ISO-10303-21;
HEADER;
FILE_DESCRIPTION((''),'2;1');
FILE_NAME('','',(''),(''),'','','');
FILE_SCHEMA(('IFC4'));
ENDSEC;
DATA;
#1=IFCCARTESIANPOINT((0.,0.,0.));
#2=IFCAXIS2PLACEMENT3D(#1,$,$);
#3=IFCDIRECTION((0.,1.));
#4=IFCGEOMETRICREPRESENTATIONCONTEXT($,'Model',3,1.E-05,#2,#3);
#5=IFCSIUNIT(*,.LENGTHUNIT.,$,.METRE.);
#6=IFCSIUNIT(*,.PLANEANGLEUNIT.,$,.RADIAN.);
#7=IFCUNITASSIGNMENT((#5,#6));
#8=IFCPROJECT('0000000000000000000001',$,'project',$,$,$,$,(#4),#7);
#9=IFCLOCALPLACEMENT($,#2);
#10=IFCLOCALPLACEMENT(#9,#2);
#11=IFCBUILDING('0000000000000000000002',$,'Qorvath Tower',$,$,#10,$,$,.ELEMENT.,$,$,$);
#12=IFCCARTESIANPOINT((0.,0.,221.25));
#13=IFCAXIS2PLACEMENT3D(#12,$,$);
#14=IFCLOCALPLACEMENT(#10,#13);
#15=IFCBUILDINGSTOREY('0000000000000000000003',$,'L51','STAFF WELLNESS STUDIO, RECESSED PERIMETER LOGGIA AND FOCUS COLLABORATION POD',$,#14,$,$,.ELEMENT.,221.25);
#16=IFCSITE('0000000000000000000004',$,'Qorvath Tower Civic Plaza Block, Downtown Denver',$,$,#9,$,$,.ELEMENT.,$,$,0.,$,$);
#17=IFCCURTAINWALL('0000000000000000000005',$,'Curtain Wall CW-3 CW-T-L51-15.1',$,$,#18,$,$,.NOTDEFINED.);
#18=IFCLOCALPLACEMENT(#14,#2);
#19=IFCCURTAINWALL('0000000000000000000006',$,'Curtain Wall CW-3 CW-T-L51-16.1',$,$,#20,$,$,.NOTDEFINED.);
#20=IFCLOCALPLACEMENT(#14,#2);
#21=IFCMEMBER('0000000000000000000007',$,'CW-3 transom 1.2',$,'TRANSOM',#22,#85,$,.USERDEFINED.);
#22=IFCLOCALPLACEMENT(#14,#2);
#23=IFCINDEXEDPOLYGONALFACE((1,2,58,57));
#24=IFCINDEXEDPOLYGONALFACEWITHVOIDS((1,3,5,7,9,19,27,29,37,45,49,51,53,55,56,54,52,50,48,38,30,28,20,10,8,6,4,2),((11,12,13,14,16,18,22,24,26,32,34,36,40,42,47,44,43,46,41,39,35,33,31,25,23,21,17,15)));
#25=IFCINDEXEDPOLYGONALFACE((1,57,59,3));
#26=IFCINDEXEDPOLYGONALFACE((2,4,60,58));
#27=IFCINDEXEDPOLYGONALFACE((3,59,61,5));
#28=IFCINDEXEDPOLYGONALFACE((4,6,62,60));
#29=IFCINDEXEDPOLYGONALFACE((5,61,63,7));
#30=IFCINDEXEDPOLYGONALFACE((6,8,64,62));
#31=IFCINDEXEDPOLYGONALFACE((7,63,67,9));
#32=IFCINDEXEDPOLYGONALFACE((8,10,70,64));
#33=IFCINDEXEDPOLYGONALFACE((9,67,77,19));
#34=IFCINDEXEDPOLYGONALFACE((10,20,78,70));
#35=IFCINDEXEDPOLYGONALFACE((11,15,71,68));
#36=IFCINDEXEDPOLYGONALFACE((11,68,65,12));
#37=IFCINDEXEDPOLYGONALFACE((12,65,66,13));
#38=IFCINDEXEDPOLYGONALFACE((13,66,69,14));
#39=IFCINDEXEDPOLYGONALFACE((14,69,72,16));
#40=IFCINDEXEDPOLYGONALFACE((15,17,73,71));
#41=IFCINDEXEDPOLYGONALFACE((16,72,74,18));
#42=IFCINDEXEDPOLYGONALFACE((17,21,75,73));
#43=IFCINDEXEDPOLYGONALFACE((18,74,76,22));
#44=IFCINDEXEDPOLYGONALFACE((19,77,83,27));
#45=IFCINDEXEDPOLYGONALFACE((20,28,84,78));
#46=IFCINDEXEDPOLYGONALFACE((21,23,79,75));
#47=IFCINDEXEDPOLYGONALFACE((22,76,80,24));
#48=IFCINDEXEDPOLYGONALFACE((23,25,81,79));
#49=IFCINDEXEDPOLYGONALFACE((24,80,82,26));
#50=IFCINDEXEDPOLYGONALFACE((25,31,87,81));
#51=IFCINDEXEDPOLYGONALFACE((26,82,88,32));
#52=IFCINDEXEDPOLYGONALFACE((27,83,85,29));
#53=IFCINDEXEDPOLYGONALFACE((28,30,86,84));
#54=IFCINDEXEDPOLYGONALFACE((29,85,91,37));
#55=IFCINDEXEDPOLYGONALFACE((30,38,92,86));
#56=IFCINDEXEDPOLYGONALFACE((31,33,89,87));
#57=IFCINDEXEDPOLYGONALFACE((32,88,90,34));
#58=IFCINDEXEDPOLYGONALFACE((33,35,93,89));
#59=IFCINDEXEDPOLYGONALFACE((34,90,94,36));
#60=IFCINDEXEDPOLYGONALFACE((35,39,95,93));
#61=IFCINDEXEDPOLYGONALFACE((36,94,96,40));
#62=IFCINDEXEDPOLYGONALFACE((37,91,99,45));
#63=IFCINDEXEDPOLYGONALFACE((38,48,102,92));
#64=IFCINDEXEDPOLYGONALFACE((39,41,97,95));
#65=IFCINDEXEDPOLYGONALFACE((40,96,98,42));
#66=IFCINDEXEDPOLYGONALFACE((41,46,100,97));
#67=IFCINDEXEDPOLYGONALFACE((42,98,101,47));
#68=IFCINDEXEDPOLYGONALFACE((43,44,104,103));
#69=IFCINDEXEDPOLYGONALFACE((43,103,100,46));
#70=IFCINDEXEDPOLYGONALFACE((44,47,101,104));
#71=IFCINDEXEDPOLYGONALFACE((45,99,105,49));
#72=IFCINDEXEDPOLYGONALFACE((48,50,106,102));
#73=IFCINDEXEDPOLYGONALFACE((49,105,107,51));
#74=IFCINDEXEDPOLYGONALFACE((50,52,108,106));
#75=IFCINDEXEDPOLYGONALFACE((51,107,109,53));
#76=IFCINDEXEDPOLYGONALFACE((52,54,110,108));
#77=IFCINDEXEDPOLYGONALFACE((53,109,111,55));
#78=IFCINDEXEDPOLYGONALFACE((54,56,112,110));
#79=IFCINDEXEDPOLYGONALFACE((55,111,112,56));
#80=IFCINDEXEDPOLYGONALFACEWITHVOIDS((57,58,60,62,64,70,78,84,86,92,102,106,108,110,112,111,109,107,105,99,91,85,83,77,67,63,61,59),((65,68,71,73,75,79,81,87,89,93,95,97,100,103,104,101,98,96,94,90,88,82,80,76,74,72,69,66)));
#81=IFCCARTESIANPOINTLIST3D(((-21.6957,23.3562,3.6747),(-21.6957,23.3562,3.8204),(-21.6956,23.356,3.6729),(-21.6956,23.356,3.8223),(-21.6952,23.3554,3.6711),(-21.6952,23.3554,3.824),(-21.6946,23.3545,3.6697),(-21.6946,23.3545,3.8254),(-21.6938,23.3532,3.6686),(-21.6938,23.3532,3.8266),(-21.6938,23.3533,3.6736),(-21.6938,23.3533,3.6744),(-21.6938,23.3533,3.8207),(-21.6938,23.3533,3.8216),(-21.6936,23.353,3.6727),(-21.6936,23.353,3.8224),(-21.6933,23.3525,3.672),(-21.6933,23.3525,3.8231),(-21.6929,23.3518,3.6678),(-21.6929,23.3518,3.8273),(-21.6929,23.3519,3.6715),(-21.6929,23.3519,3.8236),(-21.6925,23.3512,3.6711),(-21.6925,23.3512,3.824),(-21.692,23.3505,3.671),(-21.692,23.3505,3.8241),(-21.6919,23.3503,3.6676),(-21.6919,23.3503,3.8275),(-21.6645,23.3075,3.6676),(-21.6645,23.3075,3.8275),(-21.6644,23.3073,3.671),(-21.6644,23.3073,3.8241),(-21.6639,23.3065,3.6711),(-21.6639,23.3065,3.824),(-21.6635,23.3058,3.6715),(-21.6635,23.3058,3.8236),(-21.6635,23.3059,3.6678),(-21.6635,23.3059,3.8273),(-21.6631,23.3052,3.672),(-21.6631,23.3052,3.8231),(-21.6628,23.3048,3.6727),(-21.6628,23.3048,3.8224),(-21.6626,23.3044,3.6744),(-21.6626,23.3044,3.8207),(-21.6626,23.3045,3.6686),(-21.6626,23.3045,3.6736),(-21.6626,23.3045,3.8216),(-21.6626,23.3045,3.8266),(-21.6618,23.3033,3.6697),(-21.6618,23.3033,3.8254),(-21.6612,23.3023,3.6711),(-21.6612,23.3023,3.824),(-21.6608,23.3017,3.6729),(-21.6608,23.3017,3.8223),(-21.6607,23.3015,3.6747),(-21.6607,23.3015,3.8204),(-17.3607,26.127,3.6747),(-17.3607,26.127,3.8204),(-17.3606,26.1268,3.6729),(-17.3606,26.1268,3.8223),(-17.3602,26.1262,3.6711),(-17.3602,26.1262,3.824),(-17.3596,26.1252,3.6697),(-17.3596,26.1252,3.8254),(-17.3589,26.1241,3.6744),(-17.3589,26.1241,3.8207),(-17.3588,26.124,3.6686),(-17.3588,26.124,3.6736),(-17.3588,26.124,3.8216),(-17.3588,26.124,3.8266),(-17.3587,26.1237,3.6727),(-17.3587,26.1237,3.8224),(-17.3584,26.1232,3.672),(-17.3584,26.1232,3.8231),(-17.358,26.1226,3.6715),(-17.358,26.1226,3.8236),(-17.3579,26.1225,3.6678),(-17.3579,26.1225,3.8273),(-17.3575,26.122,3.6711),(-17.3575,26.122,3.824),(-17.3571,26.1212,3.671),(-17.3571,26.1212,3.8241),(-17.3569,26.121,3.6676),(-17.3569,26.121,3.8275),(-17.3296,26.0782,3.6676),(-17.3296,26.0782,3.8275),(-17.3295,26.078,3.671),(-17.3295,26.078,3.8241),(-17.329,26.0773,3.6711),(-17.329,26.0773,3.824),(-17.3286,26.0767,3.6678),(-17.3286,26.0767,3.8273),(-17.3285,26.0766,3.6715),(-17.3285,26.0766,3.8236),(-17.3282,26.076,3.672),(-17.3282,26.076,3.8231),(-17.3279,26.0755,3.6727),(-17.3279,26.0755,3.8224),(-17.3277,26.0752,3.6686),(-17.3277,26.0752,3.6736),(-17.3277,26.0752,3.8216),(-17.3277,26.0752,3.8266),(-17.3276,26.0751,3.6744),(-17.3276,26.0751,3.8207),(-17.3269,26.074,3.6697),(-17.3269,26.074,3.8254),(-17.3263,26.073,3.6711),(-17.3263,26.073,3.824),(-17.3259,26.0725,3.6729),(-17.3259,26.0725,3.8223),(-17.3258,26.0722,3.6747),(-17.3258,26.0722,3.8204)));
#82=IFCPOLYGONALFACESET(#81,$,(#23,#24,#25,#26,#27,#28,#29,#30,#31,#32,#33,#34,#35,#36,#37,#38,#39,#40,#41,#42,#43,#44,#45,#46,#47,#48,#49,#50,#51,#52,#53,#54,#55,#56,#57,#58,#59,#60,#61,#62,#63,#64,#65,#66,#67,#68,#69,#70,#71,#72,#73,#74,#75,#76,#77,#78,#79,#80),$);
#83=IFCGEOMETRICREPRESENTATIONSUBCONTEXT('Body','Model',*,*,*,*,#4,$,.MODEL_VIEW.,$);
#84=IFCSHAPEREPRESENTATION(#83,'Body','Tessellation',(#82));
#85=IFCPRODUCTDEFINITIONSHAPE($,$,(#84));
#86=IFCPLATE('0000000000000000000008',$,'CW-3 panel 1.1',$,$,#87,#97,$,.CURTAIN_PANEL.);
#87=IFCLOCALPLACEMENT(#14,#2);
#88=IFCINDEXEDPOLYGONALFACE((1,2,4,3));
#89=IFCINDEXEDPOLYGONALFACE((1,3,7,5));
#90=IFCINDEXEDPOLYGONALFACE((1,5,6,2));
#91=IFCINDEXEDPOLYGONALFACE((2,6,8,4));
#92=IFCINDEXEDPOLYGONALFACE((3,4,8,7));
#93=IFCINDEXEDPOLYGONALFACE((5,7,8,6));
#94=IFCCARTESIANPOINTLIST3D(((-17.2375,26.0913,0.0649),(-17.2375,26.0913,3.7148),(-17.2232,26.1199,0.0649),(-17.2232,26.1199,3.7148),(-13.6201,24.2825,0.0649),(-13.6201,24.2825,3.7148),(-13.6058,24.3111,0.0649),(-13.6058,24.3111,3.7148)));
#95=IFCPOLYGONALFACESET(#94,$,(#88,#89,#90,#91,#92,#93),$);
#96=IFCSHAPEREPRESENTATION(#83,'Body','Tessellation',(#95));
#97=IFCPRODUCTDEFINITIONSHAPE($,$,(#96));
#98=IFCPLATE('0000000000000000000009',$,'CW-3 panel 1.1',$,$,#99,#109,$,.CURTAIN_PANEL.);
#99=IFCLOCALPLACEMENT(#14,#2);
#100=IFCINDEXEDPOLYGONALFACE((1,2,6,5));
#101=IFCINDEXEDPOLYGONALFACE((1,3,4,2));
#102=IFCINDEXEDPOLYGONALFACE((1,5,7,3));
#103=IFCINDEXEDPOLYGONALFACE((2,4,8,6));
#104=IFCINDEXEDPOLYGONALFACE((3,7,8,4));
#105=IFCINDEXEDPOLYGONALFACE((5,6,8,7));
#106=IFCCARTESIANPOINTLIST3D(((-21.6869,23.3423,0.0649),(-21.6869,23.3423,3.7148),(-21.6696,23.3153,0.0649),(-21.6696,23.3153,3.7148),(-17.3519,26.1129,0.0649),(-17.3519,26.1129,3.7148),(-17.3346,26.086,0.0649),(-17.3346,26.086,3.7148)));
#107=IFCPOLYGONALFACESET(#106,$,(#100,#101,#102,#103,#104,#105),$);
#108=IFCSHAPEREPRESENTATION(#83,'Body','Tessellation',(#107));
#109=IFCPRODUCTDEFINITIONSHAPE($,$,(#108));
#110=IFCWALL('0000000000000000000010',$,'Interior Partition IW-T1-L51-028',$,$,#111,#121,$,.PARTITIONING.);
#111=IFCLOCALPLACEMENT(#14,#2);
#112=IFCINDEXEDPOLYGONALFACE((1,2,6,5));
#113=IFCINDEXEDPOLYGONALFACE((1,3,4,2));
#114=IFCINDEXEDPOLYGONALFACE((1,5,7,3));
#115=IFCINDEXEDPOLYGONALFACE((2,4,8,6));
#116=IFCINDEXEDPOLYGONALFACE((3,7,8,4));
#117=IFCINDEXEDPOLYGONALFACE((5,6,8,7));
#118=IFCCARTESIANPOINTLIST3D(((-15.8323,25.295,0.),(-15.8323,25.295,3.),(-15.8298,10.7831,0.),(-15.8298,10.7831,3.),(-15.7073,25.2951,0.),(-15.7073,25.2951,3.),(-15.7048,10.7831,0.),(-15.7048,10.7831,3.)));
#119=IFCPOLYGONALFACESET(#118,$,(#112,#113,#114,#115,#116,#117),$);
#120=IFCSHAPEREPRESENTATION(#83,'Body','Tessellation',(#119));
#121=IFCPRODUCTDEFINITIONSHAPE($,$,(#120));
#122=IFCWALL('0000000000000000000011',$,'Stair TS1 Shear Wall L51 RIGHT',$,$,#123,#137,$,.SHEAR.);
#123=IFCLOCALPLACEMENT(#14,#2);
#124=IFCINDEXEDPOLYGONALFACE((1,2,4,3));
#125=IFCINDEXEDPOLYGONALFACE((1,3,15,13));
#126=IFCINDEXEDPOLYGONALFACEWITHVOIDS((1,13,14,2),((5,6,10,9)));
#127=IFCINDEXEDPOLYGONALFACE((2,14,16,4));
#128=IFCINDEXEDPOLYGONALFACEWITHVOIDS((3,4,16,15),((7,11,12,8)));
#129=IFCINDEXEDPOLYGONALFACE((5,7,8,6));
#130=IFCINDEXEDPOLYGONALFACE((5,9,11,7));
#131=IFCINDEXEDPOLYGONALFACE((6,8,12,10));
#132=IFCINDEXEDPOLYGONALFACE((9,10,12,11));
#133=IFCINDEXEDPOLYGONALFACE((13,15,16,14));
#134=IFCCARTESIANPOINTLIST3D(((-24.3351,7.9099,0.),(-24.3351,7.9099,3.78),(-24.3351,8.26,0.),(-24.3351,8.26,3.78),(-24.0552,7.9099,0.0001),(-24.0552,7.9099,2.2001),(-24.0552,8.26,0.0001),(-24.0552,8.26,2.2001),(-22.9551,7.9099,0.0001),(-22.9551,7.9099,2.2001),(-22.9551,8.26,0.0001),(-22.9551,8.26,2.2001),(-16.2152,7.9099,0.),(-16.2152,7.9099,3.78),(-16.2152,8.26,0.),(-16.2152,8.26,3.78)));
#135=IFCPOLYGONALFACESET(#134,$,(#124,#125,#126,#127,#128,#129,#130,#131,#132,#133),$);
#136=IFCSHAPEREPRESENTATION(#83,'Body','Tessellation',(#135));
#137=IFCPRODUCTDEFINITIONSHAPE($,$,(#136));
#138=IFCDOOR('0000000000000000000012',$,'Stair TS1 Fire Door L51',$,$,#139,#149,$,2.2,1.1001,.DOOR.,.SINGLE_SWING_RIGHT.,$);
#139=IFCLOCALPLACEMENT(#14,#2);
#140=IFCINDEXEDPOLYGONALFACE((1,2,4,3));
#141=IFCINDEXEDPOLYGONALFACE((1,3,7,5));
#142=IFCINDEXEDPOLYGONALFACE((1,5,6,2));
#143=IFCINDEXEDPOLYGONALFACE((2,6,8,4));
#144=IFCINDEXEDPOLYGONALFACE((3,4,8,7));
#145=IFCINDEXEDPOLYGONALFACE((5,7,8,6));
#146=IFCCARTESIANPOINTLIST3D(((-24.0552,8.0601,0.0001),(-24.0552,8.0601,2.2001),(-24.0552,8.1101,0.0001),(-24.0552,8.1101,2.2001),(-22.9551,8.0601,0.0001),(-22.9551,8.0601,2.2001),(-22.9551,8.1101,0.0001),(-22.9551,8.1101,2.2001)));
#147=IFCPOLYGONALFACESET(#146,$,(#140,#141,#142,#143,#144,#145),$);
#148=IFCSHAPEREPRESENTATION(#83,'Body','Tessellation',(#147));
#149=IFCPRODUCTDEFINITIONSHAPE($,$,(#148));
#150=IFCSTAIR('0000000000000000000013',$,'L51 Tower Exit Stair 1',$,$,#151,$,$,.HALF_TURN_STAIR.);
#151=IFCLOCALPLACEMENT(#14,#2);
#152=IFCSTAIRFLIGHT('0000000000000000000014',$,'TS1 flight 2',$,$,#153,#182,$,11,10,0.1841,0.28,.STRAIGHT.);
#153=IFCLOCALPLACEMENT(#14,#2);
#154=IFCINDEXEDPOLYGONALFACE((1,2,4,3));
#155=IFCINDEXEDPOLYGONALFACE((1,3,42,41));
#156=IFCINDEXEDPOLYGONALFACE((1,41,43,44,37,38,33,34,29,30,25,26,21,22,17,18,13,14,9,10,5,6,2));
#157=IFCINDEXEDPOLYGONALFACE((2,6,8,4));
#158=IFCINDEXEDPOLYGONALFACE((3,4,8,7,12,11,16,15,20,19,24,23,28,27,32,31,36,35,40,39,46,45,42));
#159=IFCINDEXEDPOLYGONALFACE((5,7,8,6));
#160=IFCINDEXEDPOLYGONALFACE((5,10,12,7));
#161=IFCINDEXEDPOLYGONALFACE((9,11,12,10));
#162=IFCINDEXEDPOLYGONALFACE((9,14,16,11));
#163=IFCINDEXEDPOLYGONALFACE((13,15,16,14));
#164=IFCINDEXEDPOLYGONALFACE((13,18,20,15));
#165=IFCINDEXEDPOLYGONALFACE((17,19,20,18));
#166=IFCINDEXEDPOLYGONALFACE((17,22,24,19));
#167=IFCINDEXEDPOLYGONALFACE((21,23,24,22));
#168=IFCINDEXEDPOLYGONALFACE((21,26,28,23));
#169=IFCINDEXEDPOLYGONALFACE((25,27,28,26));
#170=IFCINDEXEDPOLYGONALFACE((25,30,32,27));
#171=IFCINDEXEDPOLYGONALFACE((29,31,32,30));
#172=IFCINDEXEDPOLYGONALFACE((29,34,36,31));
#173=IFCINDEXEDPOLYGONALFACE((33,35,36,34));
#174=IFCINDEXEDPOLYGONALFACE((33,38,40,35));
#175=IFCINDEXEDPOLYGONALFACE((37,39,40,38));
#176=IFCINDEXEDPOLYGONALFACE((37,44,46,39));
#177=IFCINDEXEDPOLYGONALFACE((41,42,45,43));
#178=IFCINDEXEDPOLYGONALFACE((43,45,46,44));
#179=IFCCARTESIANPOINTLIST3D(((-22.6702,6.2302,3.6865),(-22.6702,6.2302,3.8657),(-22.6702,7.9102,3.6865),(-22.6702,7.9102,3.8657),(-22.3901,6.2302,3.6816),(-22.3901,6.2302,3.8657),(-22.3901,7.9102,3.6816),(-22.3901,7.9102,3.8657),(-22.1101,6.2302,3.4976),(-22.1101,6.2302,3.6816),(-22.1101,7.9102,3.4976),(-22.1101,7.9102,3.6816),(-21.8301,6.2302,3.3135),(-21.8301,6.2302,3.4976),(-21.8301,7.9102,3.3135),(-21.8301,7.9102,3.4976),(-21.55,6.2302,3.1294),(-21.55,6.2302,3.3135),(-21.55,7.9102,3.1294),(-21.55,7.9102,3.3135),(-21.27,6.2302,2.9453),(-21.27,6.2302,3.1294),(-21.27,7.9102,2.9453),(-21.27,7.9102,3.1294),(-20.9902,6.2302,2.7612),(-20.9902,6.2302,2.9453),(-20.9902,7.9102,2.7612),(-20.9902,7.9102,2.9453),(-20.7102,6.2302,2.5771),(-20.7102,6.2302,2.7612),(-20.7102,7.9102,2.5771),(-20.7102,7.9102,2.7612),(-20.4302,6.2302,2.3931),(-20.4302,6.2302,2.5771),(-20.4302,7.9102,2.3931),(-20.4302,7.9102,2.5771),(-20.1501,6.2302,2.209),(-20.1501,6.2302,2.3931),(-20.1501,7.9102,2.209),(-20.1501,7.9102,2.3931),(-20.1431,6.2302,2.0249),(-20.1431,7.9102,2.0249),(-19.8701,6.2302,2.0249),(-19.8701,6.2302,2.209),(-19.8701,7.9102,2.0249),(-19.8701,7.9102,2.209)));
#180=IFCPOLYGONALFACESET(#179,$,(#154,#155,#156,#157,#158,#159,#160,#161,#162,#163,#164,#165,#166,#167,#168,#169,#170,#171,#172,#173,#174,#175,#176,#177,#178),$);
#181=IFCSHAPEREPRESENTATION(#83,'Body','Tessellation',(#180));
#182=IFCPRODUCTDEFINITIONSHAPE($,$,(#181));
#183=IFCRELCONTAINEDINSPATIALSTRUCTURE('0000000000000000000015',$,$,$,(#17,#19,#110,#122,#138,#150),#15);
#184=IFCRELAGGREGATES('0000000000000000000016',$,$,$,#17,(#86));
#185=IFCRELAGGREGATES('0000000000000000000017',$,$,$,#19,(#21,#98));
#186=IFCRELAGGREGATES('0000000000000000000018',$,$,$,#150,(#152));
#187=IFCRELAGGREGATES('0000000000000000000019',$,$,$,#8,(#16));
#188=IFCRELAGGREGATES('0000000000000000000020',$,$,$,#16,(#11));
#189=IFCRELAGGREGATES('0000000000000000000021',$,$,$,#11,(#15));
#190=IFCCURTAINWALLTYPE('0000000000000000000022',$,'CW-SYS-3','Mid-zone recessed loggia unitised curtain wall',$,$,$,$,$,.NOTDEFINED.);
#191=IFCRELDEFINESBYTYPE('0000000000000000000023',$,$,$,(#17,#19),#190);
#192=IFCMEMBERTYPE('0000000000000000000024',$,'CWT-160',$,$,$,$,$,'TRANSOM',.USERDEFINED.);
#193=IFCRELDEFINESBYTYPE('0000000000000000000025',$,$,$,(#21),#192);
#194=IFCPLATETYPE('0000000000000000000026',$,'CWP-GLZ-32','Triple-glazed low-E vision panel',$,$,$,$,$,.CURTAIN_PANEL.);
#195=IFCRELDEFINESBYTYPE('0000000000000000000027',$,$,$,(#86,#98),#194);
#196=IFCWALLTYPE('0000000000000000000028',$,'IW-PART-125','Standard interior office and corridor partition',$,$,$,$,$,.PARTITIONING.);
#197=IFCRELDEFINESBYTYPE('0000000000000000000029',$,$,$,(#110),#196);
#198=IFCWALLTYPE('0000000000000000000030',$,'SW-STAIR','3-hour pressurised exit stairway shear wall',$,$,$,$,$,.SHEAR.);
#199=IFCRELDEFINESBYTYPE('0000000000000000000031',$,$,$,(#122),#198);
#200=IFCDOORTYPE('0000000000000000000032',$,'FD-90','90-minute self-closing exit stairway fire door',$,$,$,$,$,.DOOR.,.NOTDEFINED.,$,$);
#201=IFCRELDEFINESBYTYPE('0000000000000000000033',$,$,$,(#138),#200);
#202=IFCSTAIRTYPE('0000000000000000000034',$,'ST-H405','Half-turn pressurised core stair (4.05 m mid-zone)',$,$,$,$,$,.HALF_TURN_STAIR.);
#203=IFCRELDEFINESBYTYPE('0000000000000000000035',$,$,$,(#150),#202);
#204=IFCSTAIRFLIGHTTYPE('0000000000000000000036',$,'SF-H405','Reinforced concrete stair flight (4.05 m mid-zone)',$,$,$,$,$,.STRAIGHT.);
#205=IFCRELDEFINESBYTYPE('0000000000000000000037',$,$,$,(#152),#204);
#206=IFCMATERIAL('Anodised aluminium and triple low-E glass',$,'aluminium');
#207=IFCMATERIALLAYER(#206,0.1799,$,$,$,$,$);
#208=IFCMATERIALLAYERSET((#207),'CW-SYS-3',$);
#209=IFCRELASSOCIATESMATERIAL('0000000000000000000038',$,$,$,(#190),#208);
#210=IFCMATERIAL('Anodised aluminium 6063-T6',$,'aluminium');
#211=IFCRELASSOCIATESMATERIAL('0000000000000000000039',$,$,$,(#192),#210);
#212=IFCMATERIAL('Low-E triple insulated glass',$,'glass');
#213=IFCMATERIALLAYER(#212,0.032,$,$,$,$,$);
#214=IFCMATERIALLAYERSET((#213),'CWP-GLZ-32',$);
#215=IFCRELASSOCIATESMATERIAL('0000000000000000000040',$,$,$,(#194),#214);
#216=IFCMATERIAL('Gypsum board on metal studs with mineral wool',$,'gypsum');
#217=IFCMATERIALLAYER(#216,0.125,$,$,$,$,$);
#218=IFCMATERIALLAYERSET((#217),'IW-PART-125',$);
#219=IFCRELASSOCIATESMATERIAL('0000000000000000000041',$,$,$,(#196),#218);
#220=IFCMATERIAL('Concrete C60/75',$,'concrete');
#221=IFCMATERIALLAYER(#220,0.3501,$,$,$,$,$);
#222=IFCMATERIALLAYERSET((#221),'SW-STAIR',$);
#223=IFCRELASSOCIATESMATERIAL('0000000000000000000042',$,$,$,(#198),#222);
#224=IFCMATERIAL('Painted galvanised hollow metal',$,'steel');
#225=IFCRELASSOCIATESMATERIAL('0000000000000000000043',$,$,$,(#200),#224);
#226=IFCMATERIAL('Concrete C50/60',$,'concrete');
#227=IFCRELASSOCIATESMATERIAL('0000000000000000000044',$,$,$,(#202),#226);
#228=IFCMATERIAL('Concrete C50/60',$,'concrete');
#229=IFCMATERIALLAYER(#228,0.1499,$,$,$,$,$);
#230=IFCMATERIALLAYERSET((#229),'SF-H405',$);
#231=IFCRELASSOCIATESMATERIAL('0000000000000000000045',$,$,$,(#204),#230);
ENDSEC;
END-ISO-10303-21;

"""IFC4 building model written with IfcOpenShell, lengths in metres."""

from ifc_helpers import new_model, si_unit, direction, frame, frame_2d, origin, origin_2d, place, context, subcontext, project, spatial, polyline, rectangle, hollow_rectangle, outline, extrude, material, layer, layer_set, material_profile, profile_set, type_object, element, fill, aggregate, save


model = new_model("IFC4")

# Units and contexts
model_context = context("Model", 3, precision=1e-05, world=origin(), true_north=direction((0.0, 1.0)))
body_context = subcontext(model_context, "Body", "Model", "MODEL_VIEW")
ifc_project = project(units=[si_unit("LENGTHUNIT", "METRE"), si_unit("PLANEANGLEUNIT", "RADIAN")], contexts=[model_context])

# Site, building, storey
site_placement = place(None, origin())
site = spatial("IfcSite", under=ifc_project, at=site_placement, Name="Qorvath Tower Civic Plaza Block, Downtown Denver", CompositionType="ELEMENT", RefElevation=0.0)
building_placement = place(site_placement, origin())
building = spatial("IfcBuilding", under=site, at=building_placement, Name="Qorvath Tower", CompositionType="ELEMENT")
storey_placement = place(building_placement, frame((0.0, 0.0, 221.25)))
storey = spatial("IfcBuildingStorey", under=building, at=storey_placement, Name="L51", Description="STAFF WELLNESS STUDIO, RECESSED PERIMETER LOGGIA AND FOCUS COLLABORATION POD", CompositionType="ELEMENT", Elevation=221.25)

# Curtain wall
ifc_material_1 = material(Name="Anodised aluminium and triple low-E glass", Category="aluminium")
ifc_layer_1 = layer(ifc_material_1, 0.1799)
ifc_layer_set_1 = layer_set([ifc_layer_1], Name="CW-SYS-3")
curtain_wall_type = type_object("IfcCurtainWallType", Name="CW-SYS-3", Description="Mid-zone recessed loggia unitised curtain wall", PredefinedType="NOTDEFINED", material=ifc_layer_set_1)
curtain_wall_1_placement = place(storey_placement, origin())
curtain_wall_1 = element("IfcCurtainWall", 1, at=curtain_wall_1_placement, inside=storey, type_object=curtain_wall_type, Name="Curtain Wall CW-3 CW-T-L51-15.1", PredefinedType="NOTDEFINED")

# Curtain wall
curtain_wall_2_placement = place(storey_placement, origin())
curtain_wall_2 = element("IfcCurtainWall", 2, at=curtain_wall_2_placement, inside=storey, type_object=curtain_wall_type, Name="Curtain Wall CW-3 CW-T-L51-16.1", PredefinedType="NOTDEFINED")

# Member
ifc_material_2 = material(Name="Anodised aluminium 6063-T6", Category="aluminium")
ifc_material_profile_1 = material_profile(ifc_material_2, hollow_rectangle(XDim=0.0649, YDim=0.1599, WallThickness=0.0034, InnerFilletRadius=0.0034, OuterFilletRadius=0.0071, at=origin_2d()), Name="CWT 160x65")
ifc_profile_set_1 = profile_set([ifc_material_profile_1], Name="Anodised aluminium 6063-T6")
member_type_1 = type_object("IfcMemberType", Name="CWT-160", ElementType="TRANSOM", PredefinedType="USERDEFINED", material=ifc_profile_set_1)
member_1_placement = place(storey_placement, frame((-17.3433, 26.0996, 3.7476), z_axis=(-0.842591, -0.538554, 0.0), x_axis=(0.538554, -0.842591, 0.0)))
member_1 = element("IfcMember", 3, at=member_1_placement, type_object=member_type_1, Name="CW-3 transom 1.2", ObjectType="TRANSOM", PredefinedType="USERDEFINED", context=body_context, shape_type="SweptSolid", body=[
    extrude(hollow_rectangle(XDim=0.0649, YDim=0.1599, WallThickness=0.0034, InnerFilletRadius=0.0034, OuterFilletRadius=0.0071, at=origin_2d()), origin(), (0.0, 0.0, 1.0), 5.1448),
])

# Plates
ifc_material_3 = material(Name="Low-E triple insulated glass", Category="glass")
ifc_layer_2 = layer(ifc_material_3, 0.032)
ifc_layer_set_2 = layer_set([ifc_layer_2], Name="CWP-GLZ-32")
plate_type = type_object("IfcPlateType", Name="CWP-GLZ-32", Description="Triple-glazed low-E vision panel", PredefinedType="CURTAIN_PANEL", material=ifc_layer_set_2)
plate_1_placement = place(storey_placement, frame((-15.4216, 25.2012, 0.0649), z_axis=(0.0, 0.0, 1.0), x_axis=(-0.894422, 0.447223, 0.0)))
plate_1 = element("IfcPlate", 4, at=plate_1_placement, type_object=plate_type, Name="CW-3 panel 1.1", PredefinedType="CURTAIN_PANEL", context=body_context, shape_type="SweptSolid", body=[
    extrude(rectangle(XDim=4.0444, YDim=0.032, at=origin_2d()), origin(), (0.0, 0.0, 1.0), 3.6499),
])
aggregate(curtain_wall_1, [plate_1])
plate_2_placement = place(storey_placement, frame((-19.5107, 24.7141, 0.0649), z_axis=(0.0, 0.0, 1.0), x_axis=(-0.842603, -0.538535, 0.0)))
plate_2 = element("IfcPlate", 5, at=plate_2_placement, type_object=plate_type, Name="CW-3 panel 1.1", PredefinedType="CURTAIN_PANEL", context=body_context, shape_type="SweptSolid", body=[
    extrude(rectangle(XDim=5.1448, YDim=0.032, at=origin_2d()), origin(), (0.0, 0.0, 1.0), 3.6499),
])
aggregate(curtain_wall_2, [member_1, plate_2])

# Wall
ifc_material_4 = material(Name="Gypsum board on metal studs with mineral wool", Category="gypsum")
ifc_layer_3 = layer(ifc_material_4, 0.125)
ifc_layer_set_3 = layer_set([ifc_layer_3], Name="IW-PART-125")
wall_type_1 = type_object("IfcWallType", Name="IW-PART-125", Description="Standard interior office and corridor partition", PredefinedType="PARTITIONING", material=ifc_layer_set_3)
wall_1_placement = place(storey_placement, frame((-15.7673, 10.7832, 0.0), z_axis=(0.0, 0.0, 1.0), x_axis=(-0.000168, 1.0, 0.0)))
element("IfcWall", 6, at=wall_1_placement, inside=storey, type_object=wall_type_1, Name="Interior Partition IW-T1-L51-028", PredefinedType="PARTITIONING", context=body_context, shape_type="SweptSolid", body=[
    extrude(rectangle(XDim=14.512, YDim=0.125, at=frame_2d((7.2559, 0.0))), origin(), (0.0, 0.0, 1.0), 3.0),
])

# Wall, opening, door
ifc_material_5 = material(Name="Concrete C60/75", Category="concrete")
ifc_layer_4 = layer(ifc_material_5, 0.3501)
ifc_layer_set_4 = layer_set([ifc_layer_4], Name="SW-STAIR")
wall_type_2 = type_object("IfcWallType", Name="SW-STAIR", Description="3-hour pressurised exit stairway shear wall", PredefinedType="SHEAR", material=ifc_layer_set_4)
wall_2_placement = place(storey_placement, frame((-16.2151, 8.085, 0.0), z_axis=(0.0, 0.0, 1.0), x_axis=(-1.0, 0.0, 0.0)))
wall_2 = element("IfcWall", 7, at=wall_2_placement, inside=storey, type_object=wall_type_2, Name="Stair TS1 Shear Wall L51 RIGHT", PredefinedType="SHEAR", context=body_context, shape_type="SweptSolid", body=[
    extrude(rectangle(XDim=8.1199, YDim=0.3501, at=frame_2d((4.0601, 0.0))), origin(), (0.0, 0.0, 1.0), 3.78),
])
opening_1_placement = place(wall_2_placement, frame((6.74, 0.0, 0.0)))
opening_1 = element("IfcOpeningElement", 8, at=opening_1_placement, cuts=wall_2, PredefinedType="OPENING", context=body_context, shape_type="SweptSolid", body=[
    extrude(rectangle(XDim=1.1001, YDim=2.2, at=frame_2d((0.55, 1.1001))), frame((0.0, 0.1851, 0.0), z_axis=(0.0, -1.0, 0.0), x_axis=(1.0, 0.0, 0.0)), (0.0, 0.0, 1.0), 0.3701),
])
ifc_material_6 = material(Name="Painted galvanised hollow metal", Category="steel")
door_type_1 = type_object("IfcDoorType", Name="FD-90", Description="90-minute self-closing exit stairway fire door", OperationType="NOTDEFINED", PredefinedType="DOOR", material=ifc_material_6)
door_1_placement = place(opening_1_placement, origin())
door_1 = element("IfcDoor", 9, at=door_1_placement, inside=storey, type_object=door_type_1, Name="Stair TS1 Fire Door L51", OperationType="SINGLE_SWING_RIGHT", OverallHeight=2.2, OverallWidth=1.1001, PredefinedType="DOOR", context=body_context, shape_type="SweptSolid", body=[
    extrude(rectangle(XDim=1.1001, YDim=2.2, at=frame_2d((0.55, 1.1001))), frame((0.0, 0.0249, 0.0), z_axis=(0.0, -1.0, 0.0), x_axis=(1.0, 0.0, 0.0)), (0.0, 0.0, 1.0), 0.05),
])
fill(opening_1, door_1)

# Stair, stair flight
ifc_material_7 = material(Name="Concrete C50/60", Category="concrete")
stair_type = type_object("IfcStairType", Name="ST-H405", Description="Half-turn pressurised core stair (4.05 m mid-zone)", PredefinedType="HALF_TURN_STAIR", material=ifc_material_7)
stair_placement = place(storey_placement, origin())
stair = element("IfcStair", 10, at=stair_placement, inside=storey, type_object=stair_type, Name="L51 Tower Exit Stair 1", PredefinedType="HALF_TURN_STAIR")
ifc_material_8 = material(Name="Concrete C50/60", Category="concrete")
ifc_layer_5 = layer(ifc_material_8, 0.1499)
ifc_layer_set_5 = layer_set([ifc_layer_5], Name="SF-H405")
stair_flight_type = type_object("IfcStairFlightType", Name="SF-H405", Description="Reinforced concrete stair flight (4.05 m mid-zone)", PredefinedType="STRAIGHT", material=ifc_layer_set_5)
stair_flight_placement = place(storey_placement, frame((-19.8701, 7.0701, 2.0249), z_axis=(0.0, 0.0, 1.0), x_axis=(-1.0, 0.0, 0.0)))
stair_flight = element("IfcStairFlight", 11, at=stair_flight_placement, type_object=stair_flight_type, Name="TS1 flight 2", NumberOfRisers=11, NumberOfTreads=10, PredefinedType="STRAIGHT", RiserHeight=0.1841, TreadLength=0.28, context=body_context, shape_type="SweptSolid", body=[
    extrude(outline(polyline([(0.0, 0.0), (0.0, 0.1841), (0.28, 0.1841), (0.28, 0.3682), (0.5601, 0.3682), (0.5601, 0.5522), (0.8401, 0.5522), (0.8401, 0.7363), (1.1201, 0.7363), (1.1201, 0.9204), (1.3999, 0.9204), (1.3999, 1.1045), (1.6799, 1.1045), (1.6799, 1.2886), (1.96, 1.2886), (1.96, 1.4727), (2.24, 1.4727), (2.24, 1.6567), (2.52, 1.6567), (2.52, 1.8408), (2.8, 1.8408), (2.8, 2.0249), (2.8, 1.6616), (0.2729, 0.0), (0.0, 0.0)])), frame((0.0, 0.8398, 0.0), z_axis=(0.0, -1.0, 0.0), x_axis=(1.0, 0.0, 0.0)), (0.0, 0.0, 1.0), 1.6799),
])
aggregate(stair, [stair_flight])

save(model, "model.ifc")
